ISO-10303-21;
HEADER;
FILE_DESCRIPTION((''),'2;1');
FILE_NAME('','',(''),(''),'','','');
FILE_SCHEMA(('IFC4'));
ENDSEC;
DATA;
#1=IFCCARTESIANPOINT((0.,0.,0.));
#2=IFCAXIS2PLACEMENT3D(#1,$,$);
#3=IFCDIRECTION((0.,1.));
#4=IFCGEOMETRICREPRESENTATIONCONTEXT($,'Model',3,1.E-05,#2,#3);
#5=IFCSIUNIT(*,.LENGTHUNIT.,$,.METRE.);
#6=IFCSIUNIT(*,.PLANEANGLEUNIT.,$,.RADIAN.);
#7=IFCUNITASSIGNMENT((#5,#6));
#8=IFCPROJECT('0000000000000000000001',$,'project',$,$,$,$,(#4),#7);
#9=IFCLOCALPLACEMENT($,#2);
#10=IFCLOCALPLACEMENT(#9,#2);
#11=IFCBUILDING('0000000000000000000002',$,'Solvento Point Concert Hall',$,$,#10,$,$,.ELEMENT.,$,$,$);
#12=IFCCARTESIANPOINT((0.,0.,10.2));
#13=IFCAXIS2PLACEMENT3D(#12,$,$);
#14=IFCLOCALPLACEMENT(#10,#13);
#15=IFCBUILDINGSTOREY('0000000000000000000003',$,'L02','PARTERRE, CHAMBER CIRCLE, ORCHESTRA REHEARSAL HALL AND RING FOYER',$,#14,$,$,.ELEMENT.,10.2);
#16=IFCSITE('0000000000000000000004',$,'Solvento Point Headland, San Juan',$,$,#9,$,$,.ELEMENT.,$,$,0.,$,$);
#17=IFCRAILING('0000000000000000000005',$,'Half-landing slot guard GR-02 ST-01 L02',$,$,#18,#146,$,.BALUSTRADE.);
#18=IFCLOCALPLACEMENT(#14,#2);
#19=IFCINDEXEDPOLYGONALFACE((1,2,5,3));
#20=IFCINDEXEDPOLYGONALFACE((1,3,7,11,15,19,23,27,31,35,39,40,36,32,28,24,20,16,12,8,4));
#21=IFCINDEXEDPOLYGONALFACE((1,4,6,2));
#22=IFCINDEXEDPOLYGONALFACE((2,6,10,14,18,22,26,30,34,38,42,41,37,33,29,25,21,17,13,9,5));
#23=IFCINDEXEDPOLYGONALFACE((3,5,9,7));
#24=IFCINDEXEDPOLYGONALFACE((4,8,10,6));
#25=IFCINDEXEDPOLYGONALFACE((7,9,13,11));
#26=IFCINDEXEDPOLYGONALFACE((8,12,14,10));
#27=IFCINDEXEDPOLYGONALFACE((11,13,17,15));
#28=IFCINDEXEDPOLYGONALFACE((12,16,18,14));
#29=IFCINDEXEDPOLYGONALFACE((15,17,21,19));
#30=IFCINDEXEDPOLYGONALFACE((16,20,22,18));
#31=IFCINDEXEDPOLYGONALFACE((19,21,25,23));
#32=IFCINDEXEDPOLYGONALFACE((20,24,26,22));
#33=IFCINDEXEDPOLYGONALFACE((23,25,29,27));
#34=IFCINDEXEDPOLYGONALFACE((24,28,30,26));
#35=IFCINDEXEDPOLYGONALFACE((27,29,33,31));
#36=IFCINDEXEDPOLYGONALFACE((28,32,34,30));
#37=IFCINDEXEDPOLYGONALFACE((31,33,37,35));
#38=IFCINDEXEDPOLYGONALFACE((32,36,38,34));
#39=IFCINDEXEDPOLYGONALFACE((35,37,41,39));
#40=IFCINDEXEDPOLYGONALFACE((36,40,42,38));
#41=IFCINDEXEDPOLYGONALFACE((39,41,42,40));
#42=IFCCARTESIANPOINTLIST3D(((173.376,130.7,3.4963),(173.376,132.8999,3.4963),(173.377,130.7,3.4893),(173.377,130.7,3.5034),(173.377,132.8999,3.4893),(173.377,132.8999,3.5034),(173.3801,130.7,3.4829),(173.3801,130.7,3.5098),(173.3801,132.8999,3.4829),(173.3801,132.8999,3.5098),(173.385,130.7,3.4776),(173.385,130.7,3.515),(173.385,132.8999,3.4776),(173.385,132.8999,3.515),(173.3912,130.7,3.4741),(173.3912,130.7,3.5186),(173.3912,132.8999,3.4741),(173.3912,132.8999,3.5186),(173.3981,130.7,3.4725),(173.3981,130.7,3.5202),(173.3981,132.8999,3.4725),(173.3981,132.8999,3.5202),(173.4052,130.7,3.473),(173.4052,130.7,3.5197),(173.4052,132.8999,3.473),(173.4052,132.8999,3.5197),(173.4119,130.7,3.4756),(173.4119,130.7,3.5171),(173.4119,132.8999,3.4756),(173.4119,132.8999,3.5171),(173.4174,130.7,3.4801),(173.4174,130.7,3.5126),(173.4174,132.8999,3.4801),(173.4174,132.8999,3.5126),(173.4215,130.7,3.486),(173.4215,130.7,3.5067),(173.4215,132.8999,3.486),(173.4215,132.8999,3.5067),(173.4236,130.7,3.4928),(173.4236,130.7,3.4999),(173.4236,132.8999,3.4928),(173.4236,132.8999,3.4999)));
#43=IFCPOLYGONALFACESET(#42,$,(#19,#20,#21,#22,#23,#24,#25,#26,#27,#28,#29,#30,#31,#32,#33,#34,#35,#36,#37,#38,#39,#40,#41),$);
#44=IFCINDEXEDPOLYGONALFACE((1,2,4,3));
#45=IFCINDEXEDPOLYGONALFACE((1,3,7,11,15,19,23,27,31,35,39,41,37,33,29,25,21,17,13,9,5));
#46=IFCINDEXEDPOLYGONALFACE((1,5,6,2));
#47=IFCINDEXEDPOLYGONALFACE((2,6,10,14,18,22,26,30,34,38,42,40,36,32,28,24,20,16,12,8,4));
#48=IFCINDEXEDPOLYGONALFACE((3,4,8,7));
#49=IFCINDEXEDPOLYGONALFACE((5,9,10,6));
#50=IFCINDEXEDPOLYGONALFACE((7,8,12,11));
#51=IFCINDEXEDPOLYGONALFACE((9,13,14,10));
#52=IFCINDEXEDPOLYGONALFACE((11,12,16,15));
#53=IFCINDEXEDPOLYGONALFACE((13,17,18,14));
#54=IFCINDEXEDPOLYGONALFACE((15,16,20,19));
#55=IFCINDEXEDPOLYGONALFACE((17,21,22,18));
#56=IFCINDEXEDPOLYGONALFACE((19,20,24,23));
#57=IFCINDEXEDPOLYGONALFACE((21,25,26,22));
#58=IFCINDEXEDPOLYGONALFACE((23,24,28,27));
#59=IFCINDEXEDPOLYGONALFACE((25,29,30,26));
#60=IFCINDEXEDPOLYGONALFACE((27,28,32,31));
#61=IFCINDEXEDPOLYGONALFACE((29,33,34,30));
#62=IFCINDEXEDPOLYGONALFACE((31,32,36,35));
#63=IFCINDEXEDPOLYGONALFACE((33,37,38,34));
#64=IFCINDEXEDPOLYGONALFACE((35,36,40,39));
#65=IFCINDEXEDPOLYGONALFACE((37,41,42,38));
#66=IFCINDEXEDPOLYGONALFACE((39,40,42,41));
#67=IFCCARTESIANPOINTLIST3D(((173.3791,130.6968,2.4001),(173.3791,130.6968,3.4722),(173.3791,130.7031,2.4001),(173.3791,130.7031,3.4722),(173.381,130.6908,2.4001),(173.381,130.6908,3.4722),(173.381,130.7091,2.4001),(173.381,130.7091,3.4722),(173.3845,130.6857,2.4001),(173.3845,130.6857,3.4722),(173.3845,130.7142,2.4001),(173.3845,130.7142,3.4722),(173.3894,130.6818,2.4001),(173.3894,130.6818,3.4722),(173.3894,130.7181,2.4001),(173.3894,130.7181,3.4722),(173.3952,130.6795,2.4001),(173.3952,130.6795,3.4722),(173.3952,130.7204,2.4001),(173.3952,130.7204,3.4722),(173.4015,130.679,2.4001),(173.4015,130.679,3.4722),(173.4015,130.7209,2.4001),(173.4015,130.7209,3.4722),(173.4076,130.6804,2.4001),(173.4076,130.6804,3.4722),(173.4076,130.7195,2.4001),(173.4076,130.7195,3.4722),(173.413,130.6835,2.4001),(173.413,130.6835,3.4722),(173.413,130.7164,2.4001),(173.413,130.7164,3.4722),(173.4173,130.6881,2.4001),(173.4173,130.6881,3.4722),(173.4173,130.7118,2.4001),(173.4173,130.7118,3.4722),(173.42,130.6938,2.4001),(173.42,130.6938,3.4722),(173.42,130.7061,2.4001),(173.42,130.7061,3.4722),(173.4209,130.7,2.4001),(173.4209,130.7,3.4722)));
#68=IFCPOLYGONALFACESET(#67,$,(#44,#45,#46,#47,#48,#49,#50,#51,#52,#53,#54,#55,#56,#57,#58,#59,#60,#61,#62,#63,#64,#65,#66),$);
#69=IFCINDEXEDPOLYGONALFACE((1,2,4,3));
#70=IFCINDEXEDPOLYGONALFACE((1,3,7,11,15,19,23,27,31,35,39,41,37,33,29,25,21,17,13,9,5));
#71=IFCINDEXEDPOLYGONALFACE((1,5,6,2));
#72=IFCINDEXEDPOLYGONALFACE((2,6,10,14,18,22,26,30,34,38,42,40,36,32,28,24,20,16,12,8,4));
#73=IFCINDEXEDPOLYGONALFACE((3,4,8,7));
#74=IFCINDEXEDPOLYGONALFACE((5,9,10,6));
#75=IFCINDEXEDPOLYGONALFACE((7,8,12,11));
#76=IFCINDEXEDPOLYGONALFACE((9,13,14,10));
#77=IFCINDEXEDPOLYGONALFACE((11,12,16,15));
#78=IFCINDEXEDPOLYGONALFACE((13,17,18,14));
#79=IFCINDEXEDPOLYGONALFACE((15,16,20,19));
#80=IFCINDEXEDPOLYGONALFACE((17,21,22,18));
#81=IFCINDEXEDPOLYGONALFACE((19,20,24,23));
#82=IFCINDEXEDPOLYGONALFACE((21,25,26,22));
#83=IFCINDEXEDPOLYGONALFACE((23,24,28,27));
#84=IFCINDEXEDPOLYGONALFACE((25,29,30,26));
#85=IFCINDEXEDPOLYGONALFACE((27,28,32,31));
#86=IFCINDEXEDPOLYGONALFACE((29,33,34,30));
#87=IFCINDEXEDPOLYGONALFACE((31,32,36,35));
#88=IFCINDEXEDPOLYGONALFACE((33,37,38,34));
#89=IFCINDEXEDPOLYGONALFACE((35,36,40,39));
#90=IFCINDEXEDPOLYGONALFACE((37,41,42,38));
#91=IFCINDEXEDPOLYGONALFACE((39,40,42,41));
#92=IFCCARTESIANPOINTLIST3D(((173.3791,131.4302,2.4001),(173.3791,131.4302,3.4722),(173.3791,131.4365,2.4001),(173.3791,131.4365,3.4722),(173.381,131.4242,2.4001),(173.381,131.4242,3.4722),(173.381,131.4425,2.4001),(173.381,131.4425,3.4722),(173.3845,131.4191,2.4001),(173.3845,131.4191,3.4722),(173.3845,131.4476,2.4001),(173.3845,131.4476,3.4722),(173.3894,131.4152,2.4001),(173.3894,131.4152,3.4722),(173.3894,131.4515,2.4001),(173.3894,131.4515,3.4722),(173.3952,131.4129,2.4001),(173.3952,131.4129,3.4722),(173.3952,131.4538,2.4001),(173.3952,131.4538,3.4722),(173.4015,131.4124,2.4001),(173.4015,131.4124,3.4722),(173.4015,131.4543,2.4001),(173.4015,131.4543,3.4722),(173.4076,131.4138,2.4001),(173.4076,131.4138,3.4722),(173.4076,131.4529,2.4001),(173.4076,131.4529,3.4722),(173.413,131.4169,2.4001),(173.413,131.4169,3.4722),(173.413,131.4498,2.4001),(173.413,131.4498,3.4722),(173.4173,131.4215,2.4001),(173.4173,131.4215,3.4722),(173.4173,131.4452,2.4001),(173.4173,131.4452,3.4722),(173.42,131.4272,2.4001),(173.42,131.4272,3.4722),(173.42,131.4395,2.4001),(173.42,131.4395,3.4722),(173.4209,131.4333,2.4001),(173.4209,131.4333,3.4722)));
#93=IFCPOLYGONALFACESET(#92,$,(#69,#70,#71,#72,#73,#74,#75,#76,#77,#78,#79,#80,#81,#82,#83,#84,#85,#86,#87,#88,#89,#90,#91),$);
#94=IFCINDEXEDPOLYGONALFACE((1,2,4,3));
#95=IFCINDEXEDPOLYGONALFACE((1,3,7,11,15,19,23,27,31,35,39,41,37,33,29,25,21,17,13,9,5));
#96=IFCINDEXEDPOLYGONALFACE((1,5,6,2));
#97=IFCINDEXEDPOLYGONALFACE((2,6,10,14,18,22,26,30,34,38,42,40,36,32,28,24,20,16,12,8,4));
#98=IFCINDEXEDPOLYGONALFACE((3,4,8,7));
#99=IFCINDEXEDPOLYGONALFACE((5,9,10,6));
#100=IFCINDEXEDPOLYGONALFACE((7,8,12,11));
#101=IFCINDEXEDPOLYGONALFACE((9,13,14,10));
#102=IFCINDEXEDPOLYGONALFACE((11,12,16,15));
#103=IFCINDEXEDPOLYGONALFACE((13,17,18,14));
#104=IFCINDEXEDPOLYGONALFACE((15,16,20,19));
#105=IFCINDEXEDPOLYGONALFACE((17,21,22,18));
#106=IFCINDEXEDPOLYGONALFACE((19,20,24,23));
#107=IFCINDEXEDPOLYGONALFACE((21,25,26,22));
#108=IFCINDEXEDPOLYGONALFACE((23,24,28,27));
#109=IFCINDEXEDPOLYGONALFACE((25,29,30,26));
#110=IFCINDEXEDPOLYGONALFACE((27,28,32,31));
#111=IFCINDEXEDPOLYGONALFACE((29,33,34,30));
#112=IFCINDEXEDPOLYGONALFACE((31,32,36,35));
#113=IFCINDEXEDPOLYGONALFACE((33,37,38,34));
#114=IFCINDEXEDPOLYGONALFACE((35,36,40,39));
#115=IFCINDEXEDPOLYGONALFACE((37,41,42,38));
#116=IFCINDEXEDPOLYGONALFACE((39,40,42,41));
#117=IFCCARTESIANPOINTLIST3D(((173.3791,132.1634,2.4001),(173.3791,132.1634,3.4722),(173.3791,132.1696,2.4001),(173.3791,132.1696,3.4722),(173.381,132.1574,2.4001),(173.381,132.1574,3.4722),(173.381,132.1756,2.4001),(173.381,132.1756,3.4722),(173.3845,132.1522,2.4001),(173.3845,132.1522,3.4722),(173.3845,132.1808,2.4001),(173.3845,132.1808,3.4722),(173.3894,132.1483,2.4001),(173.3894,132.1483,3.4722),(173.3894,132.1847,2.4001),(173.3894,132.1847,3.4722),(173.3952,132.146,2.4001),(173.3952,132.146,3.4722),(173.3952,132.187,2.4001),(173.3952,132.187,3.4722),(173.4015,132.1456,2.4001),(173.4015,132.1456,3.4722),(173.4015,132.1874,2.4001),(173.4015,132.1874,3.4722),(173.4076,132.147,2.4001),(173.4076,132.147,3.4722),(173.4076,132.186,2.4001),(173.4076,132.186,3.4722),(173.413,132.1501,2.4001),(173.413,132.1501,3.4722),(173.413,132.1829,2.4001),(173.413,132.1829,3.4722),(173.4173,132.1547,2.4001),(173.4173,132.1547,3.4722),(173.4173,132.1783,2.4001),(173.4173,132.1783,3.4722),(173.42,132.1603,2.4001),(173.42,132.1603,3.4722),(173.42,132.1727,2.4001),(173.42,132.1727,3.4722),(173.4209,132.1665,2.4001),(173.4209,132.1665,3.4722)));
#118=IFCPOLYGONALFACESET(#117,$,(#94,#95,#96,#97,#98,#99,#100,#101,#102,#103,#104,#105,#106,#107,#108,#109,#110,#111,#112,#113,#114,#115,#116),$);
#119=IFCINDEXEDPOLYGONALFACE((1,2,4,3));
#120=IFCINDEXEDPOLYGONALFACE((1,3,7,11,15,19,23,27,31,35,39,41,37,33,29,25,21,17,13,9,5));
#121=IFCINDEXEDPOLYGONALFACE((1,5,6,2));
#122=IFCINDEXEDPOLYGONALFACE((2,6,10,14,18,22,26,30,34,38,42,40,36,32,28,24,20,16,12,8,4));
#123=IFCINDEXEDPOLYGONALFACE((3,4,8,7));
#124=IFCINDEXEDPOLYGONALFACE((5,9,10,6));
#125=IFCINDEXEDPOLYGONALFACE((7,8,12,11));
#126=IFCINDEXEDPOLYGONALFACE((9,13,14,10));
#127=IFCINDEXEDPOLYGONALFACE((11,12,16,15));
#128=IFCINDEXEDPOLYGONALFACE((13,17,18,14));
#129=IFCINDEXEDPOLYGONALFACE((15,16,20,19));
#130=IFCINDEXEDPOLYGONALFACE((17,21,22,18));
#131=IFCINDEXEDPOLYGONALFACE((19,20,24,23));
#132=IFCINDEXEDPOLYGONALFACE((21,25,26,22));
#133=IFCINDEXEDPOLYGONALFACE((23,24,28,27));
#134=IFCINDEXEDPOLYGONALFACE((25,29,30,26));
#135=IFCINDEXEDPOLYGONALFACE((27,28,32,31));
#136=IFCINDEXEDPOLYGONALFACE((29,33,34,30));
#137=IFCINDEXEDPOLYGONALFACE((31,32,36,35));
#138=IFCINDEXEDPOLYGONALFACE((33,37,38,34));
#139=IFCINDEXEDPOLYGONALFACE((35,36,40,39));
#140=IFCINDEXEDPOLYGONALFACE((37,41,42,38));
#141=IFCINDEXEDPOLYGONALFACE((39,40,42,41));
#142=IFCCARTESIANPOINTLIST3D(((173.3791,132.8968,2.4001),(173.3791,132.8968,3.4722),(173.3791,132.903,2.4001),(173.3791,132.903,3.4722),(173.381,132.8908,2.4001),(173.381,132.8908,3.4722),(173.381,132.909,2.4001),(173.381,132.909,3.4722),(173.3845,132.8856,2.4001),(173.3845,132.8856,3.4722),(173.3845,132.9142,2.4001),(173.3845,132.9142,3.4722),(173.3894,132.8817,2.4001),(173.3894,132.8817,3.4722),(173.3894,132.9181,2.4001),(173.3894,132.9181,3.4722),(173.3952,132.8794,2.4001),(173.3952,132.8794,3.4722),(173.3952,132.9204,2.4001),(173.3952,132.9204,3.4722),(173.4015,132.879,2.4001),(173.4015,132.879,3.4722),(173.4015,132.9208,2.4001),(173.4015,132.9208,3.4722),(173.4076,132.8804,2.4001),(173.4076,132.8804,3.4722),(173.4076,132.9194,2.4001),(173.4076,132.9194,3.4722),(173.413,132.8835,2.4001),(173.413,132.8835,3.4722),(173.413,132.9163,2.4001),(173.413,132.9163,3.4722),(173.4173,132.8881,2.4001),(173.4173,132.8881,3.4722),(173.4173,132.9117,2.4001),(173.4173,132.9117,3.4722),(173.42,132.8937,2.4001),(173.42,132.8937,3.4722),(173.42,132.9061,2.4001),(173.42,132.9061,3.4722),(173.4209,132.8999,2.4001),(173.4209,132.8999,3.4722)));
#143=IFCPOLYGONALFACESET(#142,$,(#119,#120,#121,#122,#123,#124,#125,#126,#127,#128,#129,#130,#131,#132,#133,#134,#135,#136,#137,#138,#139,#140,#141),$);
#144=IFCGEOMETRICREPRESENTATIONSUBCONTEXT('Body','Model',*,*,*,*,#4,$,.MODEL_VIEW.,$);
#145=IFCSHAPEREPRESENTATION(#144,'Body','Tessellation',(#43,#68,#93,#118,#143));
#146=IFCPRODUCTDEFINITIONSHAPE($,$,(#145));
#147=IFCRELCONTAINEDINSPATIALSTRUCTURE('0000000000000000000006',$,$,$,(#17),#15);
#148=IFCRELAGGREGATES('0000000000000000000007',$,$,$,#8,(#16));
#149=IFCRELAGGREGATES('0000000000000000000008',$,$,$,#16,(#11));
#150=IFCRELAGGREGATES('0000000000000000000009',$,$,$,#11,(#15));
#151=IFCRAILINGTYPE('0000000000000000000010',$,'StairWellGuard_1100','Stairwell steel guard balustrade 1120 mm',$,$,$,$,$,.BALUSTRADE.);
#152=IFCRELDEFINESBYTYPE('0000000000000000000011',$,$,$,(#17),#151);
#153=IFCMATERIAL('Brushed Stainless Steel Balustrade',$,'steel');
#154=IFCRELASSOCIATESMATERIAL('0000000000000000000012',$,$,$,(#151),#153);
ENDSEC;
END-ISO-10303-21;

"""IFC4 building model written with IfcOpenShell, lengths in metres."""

from ifc_helpers import new_model, si_unit, direction, frame, origin, origin_2d, place, context, subcontext, project, spatial, circle, extrude, material, type_object, element, save


model = new_model("IFC4")

# Units and contexts
model_context = context("Model", 3, precision=1e-05, world=origin(), true_north=direction((0.0, 1.0)))
body_context = subcontext(model_context, "Body", "Model", "MODEL_VIEW")
ifc_project = project(units=[si_unit("LENGTHUNIT", "METRE"), si_unit("PLANEANGLEUNIT", "RADIAN")], contexts=[model_context])

# Site, building, storey
site_placement = place(None, origin())
site = spatial("IfcSite", under=ifc_project, at=site_placement, Name="Solvento Point Headland, San Juan", CompositionType="ELEMENT", RefElevation=0.0)
building_placement = place(site_placement, origin())
building = spatial("IfcBuilding", under=site, at=building_placement, Name="Solvento Point Concert Hall", CompositionType="ELEMENT")
storey_placement = place(building_placement, frame((0.0, 0.0, 10.2)))
storey = spatial("IfcBuildingStorey", under=building, at=storey_placement, Name="L02", Description="PARTERRE, CHAMBER CIRCLE, ORCHESTRA REHEARSAL HALL AND RING FOYER", CompositionType="ELEMENT", Elevation=10.2)

# Railing
ifc_material_1 = material(Name="Brushed Stainless Steel Balustrade", Category="steel")
railing_type_1 = type_object("IfcRailingType", Name="StairWellGuard_1100", Description="Stairwell steel guard balustrade 1120 mm", PredefinedType="BALUSTRADE", material=ifc_material_1)
railing_1_placement = place(storey_placement, frame((173.3999, 130.7, 2.4001)))
element("IfcRailing", 1, at=railing_1_placement, inside=storey, type_object=railing_type_1, Name="Half-landing slot guard GR-02 ST-01 L02", PredefinedType="BALUSTRADE", context=body_context, shape_type="SweptSolid", body=[
    extrude(circle(Radius=0.0239, at=origin_2d()), frame((0.0, 0.0, 1.0962), z_axis=(0.0, 1.0, 0.0), x_axis=(-1.0, 0.0, 0.0)), (0.0, 0.0, 1.0), 2.2),
    extrude(circle(Radius=0.021, at=origin_2d()), origin(), (0.0, 0.0, 1.0), 1.072),
    extrude(circle(Radius=0.021, at=origin_2d()), frame((0.0, 0.7334, 0.0)), (0.0, 0.0, 1.0), 1.072),
    extrude(circle(Radius=0.021, at=origin_2d()), frame((0.0, 1.4666, 0.0)), (0.0, 0.0, 1.0), 1.072),
    extrude(circle(Radius=0.021, at=origin_2d()), frame((0.0, 2.2, 0.0)), (0.0, 0.0, 1.0), 1.072),
])

save(model, "model.ifc")
